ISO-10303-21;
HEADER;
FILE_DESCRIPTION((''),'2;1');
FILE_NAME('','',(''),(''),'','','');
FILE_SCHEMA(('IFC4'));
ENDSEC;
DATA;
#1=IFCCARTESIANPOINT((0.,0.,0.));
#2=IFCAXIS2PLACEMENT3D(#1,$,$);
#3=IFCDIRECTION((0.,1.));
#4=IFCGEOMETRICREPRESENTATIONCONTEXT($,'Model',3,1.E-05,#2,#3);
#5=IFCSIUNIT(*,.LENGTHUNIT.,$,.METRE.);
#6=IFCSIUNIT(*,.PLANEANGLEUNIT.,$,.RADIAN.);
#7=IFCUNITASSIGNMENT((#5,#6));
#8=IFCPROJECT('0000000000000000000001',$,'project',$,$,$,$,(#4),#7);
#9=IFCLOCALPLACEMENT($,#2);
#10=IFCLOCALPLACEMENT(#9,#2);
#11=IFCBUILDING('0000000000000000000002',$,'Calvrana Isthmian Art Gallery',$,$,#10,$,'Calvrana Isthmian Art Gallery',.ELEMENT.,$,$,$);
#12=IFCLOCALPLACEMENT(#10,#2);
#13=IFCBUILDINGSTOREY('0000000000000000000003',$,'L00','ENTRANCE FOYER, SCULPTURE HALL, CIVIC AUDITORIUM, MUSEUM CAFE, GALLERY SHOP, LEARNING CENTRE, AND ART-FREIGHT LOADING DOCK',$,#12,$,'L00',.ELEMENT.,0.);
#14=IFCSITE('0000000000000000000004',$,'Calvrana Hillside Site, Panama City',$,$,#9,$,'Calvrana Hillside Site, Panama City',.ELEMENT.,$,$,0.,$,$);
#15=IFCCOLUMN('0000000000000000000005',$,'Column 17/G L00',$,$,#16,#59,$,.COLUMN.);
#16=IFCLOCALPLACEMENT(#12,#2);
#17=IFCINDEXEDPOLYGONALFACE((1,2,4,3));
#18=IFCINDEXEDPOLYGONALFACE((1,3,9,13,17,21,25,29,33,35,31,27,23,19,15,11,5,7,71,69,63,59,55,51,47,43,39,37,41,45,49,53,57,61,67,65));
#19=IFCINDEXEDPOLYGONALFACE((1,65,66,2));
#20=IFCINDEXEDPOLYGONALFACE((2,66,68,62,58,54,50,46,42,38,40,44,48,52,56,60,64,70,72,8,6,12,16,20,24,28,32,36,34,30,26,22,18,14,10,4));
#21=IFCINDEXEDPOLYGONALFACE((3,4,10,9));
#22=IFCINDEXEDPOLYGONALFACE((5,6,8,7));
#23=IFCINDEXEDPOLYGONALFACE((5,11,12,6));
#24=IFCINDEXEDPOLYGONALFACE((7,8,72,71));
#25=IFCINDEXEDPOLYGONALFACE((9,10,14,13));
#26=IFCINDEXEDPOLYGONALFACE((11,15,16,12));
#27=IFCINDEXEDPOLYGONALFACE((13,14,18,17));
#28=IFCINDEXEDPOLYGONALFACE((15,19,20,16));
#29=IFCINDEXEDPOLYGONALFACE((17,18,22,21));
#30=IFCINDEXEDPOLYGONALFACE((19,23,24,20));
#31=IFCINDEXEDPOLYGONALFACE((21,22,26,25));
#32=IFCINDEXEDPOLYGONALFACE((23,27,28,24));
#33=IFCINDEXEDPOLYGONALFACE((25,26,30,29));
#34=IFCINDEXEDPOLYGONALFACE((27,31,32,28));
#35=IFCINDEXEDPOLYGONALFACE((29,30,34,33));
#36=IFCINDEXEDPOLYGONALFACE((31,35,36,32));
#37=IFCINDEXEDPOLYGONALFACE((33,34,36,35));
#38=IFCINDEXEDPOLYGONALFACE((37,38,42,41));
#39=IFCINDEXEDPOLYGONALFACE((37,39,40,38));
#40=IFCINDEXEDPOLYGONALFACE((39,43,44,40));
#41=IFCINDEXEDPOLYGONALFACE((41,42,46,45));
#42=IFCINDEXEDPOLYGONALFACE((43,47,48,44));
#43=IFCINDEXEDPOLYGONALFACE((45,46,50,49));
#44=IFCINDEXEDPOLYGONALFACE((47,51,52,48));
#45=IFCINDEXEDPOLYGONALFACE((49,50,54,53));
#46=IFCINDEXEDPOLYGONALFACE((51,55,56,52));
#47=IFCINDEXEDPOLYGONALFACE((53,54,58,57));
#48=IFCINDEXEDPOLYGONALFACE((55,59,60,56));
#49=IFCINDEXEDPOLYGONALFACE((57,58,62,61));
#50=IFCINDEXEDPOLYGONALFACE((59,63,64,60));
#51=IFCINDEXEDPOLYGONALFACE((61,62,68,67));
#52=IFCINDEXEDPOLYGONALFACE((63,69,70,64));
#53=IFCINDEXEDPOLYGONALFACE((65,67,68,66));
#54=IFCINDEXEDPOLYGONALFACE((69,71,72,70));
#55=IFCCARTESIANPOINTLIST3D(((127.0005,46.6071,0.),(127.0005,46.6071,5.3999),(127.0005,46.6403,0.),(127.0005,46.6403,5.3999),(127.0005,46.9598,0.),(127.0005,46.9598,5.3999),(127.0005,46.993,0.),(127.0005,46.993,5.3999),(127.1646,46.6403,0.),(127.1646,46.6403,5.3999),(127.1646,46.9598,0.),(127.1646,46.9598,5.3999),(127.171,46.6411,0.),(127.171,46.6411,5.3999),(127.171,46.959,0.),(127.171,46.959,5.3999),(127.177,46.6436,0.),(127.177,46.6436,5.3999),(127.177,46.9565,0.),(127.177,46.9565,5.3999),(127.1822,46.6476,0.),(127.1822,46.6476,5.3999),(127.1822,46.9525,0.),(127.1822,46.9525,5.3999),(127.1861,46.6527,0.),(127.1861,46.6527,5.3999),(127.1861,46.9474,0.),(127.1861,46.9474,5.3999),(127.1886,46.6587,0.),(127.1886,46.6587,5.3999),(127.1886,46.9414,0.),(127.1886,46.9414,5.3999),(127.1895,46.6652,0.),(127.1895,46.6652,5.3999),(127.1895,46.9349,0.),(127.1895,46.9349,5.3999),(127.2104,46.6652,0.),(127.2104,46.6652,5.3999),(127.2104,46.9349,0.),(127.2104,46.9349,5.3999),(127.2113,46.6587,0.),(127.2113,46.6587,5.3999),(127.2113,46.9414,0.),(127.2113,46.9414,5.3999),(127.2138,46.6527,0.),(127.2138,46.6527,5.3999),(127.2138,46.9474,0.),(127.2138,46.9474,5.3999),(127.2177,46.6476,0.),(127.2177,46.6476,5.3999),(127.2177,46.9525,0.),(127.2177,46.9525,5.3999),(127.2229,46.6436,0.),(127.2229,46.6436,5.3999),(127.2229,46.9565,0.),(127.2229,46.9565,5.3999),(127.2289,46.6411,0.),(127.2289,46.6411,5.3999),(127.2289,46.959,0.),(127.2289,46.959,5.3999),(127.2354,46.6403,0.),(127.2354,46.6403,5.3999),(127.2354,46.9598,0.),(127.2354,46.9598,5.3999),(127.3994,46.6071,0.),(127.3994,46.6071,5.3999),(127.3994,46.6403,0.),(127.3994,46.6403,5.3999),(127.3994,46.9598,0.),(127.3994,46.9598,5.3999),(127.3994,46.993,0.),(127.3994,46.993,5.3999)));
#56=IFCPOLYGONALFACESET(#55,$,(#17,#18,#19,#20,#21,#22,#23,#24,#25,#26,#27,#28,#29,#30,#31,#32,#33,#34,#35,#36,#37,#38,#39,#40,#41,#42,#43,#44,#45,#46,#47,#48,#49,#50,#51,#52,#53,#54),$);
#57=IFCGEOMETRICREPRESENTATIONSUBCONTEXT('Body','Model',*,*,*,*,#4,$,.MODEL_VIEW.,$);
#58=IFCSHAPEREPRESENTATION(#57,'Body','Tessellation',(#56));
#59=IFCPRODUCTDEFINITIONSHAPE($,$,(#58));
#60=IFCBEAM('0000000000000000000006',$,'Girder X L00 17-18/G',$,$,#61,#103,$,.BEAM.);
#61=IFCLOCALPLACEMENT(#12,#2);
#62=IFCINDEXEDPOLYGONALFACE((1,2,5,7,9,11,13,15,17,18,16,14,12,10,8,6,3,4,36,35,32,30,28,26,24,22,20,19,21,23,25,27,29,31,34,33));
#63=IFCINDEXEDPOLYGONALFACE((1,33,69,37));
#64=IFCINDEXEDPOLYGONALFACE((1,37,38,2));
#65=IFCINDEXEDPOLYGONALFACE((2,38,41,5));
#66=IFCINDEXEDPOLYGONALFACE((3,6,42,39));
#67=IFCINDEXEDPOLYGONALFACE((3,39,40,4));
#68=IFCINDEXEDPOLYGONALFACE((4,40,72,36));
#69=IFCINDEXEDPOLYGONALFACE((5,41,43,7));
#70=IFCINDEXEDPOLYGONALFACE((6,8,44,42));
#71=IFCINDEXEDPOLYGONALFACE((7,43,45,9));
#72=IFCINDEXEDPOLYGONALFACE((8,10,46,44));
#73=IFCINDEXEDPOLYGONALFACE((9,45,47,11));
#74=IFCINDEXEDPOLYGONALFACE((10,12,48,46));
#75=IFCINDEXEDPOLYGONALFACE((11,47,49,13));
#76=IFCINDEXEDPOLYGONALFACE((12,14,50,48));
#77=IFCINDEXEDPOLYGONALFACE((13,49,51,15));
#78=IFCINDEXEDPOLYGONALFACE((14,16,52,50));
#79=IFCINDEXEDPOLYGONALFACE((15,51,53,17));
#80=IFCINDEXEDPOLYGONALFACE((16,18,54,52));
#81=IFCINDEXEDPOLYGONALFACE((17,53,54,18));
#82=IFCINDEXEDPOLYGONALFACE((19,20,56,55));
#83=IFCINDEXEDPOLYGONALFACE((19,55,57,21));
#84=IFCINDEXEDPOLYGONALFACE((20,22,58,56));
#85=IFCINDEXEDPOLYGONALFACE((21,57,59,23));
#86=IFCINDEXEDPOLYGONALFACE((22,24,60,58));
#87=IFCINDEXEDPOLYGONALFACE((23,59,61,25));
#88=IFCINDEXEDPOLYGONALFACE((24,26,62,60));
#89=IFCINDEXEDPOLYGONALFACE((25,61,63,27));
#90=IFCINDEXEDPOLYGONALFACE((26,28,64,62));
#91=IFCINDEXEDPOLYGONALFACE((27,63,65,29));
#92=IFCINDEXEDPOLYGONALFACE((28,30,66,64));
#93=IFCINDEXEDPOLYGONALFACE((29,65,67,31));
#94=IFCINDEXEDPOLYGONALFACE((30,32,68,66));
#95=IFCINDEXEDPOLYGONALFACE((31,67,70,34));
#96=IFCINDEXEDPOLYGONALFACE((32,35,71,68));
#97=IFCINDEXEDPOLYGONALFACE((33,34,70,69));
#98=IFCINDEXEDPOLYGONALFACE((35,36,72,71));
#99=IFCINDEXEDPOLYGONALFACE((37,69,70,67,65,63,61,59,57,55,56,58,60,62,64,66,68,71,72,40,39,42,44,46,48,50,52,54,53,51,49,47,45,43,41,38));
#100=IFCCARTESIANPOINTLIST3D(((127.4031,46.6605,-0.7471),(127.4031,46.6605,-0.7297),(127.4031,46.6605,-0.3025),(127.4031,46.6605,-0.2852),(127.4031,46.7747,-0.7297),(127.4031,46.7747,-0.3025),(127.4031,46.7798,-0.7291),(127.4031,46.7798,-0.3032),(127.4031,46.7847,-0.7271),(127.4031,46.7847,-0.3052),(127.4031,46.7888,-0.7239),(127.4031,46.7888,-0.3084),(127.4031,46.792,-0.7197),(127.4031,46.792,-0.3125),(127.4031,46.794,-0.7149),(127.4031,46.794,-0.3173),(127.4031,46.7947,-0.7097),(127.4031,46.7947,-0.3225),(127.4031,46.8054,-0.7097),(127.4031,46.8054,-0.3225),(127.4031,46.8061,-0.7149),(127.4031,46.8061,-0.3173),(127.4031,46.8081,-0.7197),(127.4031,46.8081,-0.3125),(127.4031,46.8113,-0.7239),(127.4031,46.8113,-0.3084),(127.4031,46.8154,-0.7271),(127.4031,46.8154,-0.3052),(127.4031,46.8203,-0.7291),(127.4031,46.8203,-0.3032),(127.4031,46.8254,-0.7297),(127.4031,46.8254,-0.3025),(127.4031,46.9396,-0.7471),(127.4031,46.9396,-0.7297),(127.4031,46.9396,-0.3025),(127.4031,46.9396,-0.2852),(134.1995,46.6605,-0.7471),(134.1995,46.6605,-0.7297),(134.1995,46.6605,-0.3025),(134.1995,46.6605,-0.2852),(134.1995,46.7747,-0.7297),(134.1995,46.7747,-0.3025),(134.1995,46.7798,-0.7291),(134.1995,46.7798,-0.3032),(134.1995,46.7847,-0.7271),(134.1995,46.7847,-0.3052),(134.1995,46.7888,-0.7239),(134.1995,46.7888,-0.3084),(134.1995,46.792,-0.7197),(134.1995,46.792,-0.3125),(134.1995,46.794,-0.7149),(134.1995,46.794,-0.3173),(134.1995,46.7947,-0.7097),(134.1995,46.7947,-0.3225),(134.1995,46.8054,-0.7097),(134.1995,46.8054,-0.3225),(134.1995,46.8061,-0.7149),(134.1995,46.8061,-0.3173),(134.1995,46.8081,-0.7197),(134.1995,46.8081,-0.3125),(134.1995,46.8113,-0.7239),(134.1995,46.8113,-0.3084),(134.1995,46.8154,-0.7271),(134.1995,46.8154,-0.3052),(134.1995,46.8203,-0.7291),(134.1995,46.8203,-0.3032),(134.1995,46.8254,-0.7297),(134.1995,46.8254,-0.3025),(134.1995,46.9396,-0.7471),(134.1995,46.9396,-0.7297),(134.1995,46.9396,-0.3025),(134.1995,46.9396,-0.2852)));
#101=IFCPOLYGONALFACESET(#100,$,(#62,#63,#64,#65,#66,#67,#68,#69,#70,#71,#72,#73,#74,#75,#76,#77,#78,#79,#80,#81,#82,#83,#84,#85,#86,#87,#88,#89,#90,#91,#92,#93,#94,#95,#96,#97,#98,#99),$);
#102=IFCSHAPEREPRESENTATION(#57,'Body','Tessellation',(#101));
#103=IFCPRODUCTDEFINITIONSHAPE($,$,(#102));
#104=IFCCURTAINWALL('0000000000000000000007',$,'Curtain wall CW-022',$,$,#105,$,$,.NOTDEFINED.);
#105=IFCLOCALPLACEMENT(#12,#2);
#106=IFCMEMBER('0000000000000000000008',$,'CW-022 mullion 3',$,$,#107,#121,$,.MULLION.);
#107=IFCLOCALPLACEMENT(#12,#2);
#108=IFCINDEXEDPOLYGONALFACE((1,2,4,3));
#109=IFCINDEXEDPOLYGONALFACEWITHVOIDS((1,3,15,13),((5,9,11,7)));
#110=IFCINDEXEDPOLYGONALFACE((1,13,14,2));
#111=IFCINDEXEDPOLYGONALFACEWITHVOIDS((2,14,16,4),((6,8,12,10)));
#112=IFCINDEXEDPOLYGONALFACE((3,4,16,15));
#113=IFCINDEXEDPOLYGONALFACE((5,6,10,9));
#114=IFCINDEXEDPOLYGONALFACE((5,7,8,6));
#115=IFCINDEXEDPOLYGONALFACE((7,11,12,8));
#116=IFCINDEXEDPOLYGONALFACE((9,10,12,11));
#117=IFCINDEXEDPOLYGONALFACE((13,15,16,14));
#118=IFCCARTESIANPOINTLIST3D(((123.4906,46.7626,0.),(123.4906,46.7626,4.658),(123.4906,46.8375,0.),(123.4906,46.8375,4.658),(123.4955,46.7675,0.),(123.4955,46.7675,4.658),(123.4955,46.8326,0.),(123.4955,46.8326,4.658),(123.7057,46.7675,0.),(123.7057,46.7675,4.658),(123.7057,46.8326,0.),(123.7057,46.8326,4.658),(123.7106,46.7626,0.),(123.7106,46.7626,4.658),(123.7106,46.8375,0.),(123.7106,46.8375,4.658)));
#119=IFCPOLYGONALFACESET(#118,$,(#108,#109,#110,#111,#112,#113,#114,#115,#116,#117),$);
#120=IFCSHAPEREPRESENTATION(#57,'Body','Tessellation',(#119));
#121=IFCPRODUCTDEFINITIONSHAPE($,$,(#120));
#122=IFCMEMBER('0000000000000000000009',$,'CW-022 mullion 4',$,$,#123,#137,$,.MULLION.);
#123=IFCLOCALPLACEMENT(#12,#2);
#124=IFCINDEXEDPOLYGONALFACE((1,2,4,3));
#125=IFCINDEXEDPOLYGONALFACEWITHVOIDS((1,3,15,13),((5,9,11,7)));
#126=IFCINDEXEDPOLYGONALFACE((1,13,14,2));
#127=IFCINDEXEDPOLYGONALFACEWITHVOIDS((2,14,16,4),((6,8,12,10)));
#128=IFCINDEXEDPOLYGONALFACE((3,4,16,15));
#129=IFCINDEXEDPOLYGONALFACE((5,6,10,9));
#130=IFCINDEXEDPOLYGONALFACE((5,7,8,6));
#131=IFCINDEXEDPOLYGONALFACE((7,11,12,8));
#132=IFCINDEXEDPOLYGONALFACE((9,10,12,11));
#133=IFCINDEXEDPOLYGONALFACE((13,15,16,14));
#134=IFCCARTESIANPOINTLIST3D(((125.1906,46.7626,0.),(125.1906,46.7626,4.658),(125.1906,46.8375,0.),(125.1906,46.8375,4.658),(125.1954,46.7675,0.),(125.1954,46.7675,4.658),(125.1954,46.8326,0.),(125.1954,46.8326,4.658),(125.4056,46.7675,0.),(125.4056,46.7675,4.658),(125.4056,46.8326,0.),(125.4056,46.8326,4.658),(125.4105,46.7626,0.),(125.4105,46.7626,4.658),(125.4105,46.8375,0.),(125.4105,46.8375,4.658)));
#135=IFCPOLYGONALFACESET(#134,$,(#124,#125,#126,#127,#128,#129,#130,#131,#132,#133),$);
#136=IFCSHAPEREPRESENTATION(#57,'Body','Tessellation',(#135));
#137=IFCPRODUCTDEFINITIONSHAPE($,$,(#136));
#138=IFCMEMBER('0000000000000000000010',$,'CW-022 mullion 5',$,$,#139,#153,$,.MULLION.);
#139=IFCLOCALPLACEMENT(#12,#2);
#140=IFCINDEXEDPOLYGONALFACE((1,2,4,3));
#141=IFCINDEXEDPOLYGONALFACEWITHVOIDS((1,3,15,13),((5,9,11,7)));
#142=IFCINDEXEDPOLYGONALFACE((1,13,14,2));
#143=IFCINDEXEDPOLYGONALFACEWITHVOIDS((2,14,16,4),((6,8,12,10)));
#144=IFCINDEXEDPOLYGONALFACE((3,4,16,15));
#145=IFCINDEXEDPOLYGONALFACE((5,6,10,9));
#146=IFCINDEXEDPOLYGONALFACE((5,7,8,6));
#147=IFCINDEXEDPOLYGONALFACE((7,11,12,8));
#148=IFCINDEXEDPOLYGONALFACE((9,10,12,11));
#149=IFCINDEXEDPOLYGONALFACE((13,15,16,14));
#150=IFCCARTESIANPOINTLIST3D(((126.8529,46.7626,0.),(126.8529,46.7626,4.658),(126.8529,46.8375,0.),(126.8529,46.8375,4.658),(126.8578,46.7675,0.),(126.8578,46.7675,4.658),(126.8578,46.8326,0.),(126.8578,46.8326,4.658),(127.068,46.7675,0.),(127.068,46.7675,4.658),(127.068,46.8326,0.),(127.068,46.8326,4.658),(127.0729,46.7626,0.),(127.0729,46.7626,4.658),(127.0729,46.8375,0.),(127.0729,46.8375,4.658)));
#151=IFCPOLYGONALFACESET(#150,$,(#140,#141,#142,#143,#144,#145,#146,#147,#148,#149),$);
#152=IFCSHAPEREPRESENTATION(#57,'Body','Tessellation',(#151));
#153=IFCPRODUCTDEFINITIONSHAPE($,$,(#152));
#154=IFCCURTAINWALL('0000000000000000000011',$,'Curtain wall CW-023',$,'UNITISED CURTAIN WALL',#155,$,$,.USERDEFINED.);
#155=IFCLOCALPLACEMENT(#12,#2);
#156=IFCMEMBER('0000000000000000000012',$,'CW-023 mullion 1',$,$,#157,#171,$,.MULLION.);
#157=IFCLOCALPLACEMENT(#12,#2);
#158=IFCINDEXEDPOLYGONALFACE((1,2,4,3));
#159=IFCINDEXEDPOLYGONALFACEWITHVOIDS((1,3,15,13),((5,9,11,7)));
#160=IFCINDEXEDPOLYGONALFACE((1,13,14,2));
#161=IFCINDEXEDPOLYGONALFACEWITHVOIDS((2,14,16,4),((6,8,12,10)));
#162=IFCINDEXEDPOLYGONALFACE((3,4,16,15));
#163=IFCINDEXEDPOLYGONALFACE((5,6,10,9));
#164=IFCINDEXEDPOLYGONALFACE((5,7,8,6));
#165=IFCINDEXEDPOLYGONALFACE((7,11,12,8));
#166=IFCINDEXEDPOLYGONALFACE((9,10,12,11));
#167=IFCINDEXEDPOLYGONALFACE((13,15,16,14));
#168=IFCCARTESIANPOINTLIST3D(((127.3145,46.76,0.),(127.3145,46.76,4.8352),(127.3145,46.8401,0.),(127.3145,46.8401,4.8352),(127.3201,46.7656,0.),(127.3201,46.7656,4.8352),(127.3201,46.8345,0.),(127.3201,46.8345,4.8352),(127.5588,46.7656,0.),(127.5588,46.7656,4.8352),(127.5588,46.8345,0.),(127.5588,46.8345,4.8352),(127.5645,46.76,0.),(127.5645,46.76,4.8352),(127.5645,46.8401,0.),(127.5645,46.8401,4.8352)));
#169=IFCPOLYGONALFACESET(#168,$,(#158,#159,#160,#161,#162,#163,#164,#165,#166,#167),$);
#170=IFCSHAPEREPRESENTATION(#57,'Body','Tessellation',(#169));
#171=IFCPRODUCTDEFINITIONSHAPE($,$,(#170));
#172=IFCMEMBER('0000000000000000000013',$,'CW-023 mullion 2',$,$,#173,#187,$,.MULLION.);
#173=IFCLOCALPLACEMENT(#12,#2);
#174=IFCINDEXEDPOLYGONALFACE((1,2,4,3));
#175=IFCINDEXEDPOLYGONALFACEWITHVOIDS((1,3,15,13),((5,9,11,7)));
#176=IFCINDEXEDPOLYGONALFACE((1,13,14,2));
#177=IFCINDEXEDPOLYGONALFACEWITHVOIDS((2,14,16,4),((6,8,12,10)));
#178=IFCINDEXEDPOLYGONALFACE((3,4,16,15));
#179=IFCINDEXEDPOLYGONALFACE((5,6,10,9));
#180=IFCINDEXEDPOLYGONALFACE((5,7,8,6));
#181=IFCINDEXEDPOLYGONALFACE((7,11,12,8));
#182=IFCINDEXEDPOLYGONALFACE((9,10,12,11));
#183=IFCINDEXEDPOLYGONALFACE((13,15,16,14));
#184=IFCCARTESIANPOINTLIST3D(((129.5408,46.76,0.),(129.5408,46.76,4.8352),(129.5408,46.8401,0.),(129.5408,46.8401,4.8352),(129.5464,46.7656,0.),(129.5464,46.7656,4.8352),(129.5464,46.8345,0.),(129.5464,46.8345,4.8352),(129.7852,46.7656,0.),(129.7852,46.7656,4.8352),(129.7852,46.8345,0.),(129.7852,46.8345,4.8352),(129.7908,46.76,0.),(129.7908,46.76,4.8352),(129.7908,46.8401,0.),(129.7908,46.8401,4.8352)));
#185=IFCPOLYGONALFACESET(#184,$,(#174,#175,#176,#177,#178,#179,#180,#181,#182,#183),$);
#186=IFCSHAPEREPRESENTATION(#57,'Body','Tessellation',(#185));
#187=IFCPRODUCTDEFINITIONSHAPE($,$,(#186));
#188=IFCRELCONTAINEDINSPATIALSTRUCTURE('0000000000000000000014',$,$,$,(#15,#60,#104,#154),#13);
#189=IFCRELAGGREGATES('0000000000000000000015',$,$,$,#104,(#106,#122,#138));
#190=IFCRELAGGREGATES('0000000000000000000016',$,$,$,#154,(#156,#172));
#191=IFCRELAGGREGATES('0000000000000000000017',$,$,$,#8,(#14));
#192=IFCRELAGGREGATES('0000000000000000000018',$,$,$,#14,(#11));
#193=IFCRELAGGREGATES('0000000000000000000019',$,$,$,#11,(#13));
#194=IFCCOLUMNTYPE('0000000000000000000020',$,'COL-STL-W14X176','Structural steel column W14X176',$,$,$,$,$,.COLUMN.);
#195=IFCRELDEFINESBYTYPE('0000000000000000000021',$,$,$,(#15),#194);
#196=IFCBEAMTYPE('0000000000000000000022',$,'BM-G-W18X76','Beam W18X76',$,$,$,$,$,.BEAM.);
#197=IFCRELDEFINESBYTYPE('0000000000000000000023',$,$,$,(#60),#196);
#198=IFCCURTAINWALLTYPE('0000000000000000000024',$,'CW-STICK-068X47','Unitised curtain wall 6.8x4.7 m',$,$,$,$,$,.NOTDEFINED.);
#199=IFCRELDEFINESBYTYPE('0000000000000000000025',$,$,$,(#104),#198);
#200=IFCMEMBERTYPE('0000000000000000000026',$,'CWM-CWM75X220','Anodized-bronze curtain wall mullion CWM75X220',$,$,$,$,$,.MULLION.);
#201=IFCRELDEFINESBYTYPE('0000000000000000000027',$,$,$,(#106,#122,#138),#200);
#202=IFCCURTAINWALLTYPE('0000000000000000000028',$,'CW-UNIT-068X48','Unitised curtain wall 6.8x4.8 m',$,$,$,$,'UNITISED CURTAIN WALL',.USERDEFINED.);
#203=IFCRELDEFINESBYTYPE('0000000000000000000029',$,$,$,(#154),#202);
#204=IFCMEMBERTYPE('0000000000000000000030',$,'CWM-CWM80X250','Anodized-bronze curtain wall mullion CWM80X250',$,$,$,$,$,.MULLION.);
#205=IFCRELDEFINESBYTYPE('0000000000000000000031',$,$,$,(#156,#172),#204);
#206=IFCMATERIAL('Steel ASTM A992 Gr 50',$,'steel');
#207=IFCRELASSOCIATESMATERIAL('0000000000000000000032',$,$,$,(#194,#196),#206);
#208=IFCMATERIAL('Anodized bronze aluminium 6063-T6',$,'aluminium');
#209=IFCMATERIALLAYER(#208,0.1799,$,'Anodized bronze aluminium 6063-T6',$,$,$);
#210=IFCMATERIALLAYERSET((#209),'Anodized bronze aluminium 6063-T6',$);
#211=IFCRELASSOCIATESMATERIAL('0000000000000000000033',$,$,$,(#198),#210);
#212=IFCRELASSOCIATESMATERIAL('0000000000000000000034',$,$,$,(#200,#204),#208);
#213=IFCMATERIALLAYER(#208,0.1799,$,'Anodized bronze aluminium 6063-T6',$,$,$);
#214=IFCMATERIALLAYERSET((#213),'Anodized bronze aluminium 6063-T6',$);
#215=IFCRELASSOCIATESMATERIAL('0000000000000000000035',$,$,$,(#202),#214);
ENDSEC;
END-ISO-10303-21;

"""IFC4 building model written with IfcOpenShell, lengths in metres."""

from ifc_helpers import new_model, si_unit, direction, frame, origin, origin_2d, place, context, subcontext, project, spatial, hollow_rectangle, i_section, extrude, material, layer, layer_set, material_profile, profile_set, type_object, element, aggregate, save


model = new_model("IFC4")

# Units and contexts
model_context = context("Model", 3, precision=1e-05, world=origin(), true_north=direction((0.0, 1.0)))
body_context = subcontext(model_context, "Body", "Model", "MODEL_VIEW")
ifc_project = project(units=[si_unit("LENGTHUNIT", "METRE"), si_unit("PLANEANGLEUNIT", "RADIAN")], contexts=[model_context])

# Site, building, storey
site_placement = place(None, origin())
site = spatial("IfcSite", under=ifc_project, at=site_placement, Name="Calvrana Hillside Site, Panama City", LongName="Calvrana Hillside Site, Panama City", CompositionType="ELEMENT", RefElevation=0.0)
building_placement = place(site_placement, origin())
building = spatial("IfcBuilding", under=site, at=building_placement, Name="Calvrana Isthmian Art Gallery", LongName="Calvrana Isthmian Art Gallery", CompositionType="ELEMENT")
storey_placement = place(building_placement, origin())
storey = spatial("IfcBuildingStorey", under=building, at=storey_placement, Name="L00", Description="ENTRANCE FOYER, SCULPTURE HALL, CIVIC AUDITORIUM, MUSEUM CAFE, GALLERY SHOP, LEARNING CENTRE, AND ART-FREIGHT LOADING DOCK", LongName="L00", CompositionType="ELEMENT", Elevation=0.0)

# Column
ifc_material_1 = material(Name="Steel ASTM A992 Gr 50", Category="steel")
ifc_material_profile_1 = material_profile(ifc_material_1, i_section(OverallWidth=0.3989, OverallDepth=0.386, WebThickness=0.021, FlangeThickness=0.0332, FilletRadius=0.0249, at=origin_2d()), Name="W14X176")
ifc_profile_set_1 = profile_set([ifc_material_profile_1], Name="Steel ASTM A992 Gr 50")
column_type = type_object("IfcColumnType", Name="COL-STL-W14X176", Description="Structural steel column W14X176", PredefinedType="COLUMN", material=ifc_profile_set_1)
column_placement = place(storey_placement, frame((127.2, 46.8, 0.0), z_axis=(0.0, 0.0, 1.0), x_axis=(1.0, 0.0, 0.0)))
element("IfcColumn", 1, at=column_placement, inside=storey, type_object=column_type, Name="Column 17/G L00", PredefinedType="COLUMN", context=body_context, shape_type="SweptSolid", body=[
    extrude(i_section(OverallWidth=0.3989, OverallDepth=0.386, WebThickness=0.021, FlangeThickness=0.0332, FilletRadius=0.0249, at=origin_2d()), origin(), (0.0, 0.0, 1.0), 5.3999),
])

# Beam
ifc_material_profile_2 = material_profile(ifc_material_1, i_section(OverallWidth=0.2791, OverallDepth=0.4619, WebThickness=0.0107, FlangeThickness=0.0173, FilletRadius=0.02, at=origin_2d()), Name="W18X76")
ifc_profile_set_2 = profile_set([ifc_material_profile_2], Name="Steel ASTM A992 Gr 50")
beam_type = type_object("IfcBeamType", Name="BM-G-W18X76", Description="Beam W18X76", PredefinedType="BEAM", material=ifc_profile_set_2)
beam_placement = place(storey_placement, frame((127.4031, 46.8, -0.5161), z_axis=(1.0, 0.0, 0.0), x_axis=(0.0, 1.0, 0.0)))
element("IfcBeam", 2, at=beam_placement, inside=storey, type_object=beam_type, Name="Girder X L00 17-18/G", PredefinedType="BEAM", context=body_context, shape_type="SweptSolid", body=[
    extrude(i_section(OverallWidth=0.2791, OverallDepth=0.4619, WebThickness=0.0107, FlangeThickness=0.0173, FilletRadius=0.02, at=origin_2d()), origin(), (0.0, 0.0, 1.0), 6.7964),
])

# Curtain walls, members
ifc_material_2 = material(Name="Anodized bronze aluminium 6063-T6", Category="aluminium")
ifc_layer_1 = layer(ifc_material_2, 0.1799, Name="Anodized bronze aluminium 6063-T6")
ifc_layer_set_1 = layer_set([ifc_layer_1], Name="Anodized bronze aluminium 6063-T6")
curtain_wall_type_1 = type_object("IfcCurtainWallType", Name="CW-STICK-068X47", Description="Unitised curtain wall 6.8x4.7 m", PredefinedType="NOTDEFINED", material=ifc_layer_set_1)
curtain_wall_1_placement = place(storey_placement, origin())
curtain_wall_1 = element("IfcCurtainWall", 3, at=curtain_wall_1_placement, inside=storey, type_object=curtain_wall_type_1, Name="Curtain wall CW-022", PredefinedType="NOTDEFINED")
ifc_material_profile_3 = material_profile(ifc_material_2, hollow_rectangle(XDim=0.075, YDim=0.22, WallThickness=0.0049, at=origin_2d()), Name="CWM75X220")
ifc_profile_set_3 = profile_set([ifc_material_profile_3], Name="Anodized bronze aluminium 6063-T6")
member_type_1 = type_object("IfcMemberType", Name="CWM-CWM75X220", Description="Anodized-bronze curtain wall mullion CWM75X220", PredefinedType="MULLION", material=ifc_profile_set_3)
member_1_placement = place(storey_placement, frame((123.6006, 46.8, 0.0), z_axis=(0.0, 0.0, 1.0), x_axis=(0.0, 1.0, 0.0)))
member_1 = element("IfcMember", 4, at=member_1_placement, type_object=member_type_1, Name="CW-022 mullion 3", PredefinedType="MULLION", context=body_context, shape_type="SweptSolid", body=[
    extrude(hollow_rectangle(XDim=0.075, YDim=0.22, WallThickness=0.0049, at=origin_2d()), origin(), (0.0, 0.0, 1.0), 4.658),
])
member_2_placement = place(storey_placement, frame((125.3005, 46.8, 0.0), z_axis=(0.0, 0.0, 1.0), x_axis=(0.0, 1.0, 0.0)))
member_2 = element("IfcMember", 5, at=member_2_placement, type_object=member_type_1, Name="CW-022 mullion 4", PredefinedType="MULLION", context=body_context, shape_type="SweptSolid", body=[
    extrude(hollow_rectangle(XDim=0.075, YDim=0.22, WallThickness=0.0049, at=origin_2d()), origin(), (0.0, 0.0, 1.0), 4.658),
])
member_3_placement = place(storey_placement, frame((126.9629, 46.8, 0.0), z_axis=(0.0, 0.0, 1.0), x_axis=(0.0, 1.0, 0.0)))
member_3 = element("IfcMember", 6, at=member_3_placement, type_object=member_type_1, Name="CW-022 mullion 5", PredefinedType="MULLION", context=body_context, shape_type="SweptSolid", body=[
    extrude(hollow_rectangle(XDim=0.075, YDim=0.22, WallThickness=0.0049, at=origin_2d()), origin(), (0.0, 0.0, 1.0), 4.658),
])
ifc_layer_2 = layer(ifc_material_2, 0.1799, Name="Anodized bronze aluminium 6063-T6")
ifc_layer_set_2 = layer_set([ifc_layer_2], Name="Anodized bronze aluminium 6063-T6")
curtain_wall_type_2 = type_object("IfcCurtainWallType", Name="CW-UNIT-068X48", Description="Unitised curtain wall 6.8x4.8 m", ElementType="UNITISED CURTAIN WALL", PredefinedType="USERDEFINED", material=ifc_layer_set_2)
curtain_wall_2_placement = place(storey_placement, origin())
curtain_wall_2 = element("IfcCurtainWall", 7, at=curtain_wall_2_placement, inside=storey, type_object=curtain_wall_type_2, Name="Curtain wall CW-023", ObjectType="UNITISED CURTAIN WALL", PredefinedType="USERDEFINED")
ifc_material_profile_4 = material_profile(ifc_material_2, hollow_rectangle(XDim=0.0801, YDim=0.25, WallThickness=0.0056, at=origin_2d()), Name="CWM80X250")
ifc_profile_set_4 = profile_set([ifc_material_profile_4], Name="Anodized bronze aluminium 6063-T6")
member_type_2 = type_object("IfcMemberType", Name="CWM-CWM80X250", Description="Anodized-bronze curtain wall mullion CWM80X250", PredefinedType="MULLION", material=ifc_profile_set_4)
member_4_placement = place(storey_placement, frame((127.4395, 46.8, 0.0), z_axis=(0.0, 0.0, 1.0), x_axis=(0.0, 1.0, 0.0)))
member_4 = element("IfcMember", 8, at=member_4_placement, type_object=member_type_2, Name="CW-023 mullion 1", PredefinedType="MULLION", context=body_context, shape_type="SweptSolid", body=[
    extrude(hollow_rectangle(XDim=0.0801, YDim=0.25, WallThickness=0.0056, at=origin_2d()), origin(), (0.0, 0.0, 1.0), 4.8352),
])
member_5_placement = place(storey_placement, frame((129.6658, 46.8, 0.0), z_axis=(0.0, 0.0, 1.0), x_axis=(0.0, 1.0, 0.0)))
member_5 = element("IfcMember", 9, at=member_5_placement, type_object=member_type_2, Name="CW-023 mullion 2", PredefinedType="MULLION", context=body_context, shape_type="SweptSolid", body=[
    extrude(hollow_rectangle(XDim=0.0801, YDim=0.25, WallThickness=0.0056, at=origin_2d()), origin(), (0.0, 0.0, 1.0), 4.8352),
])

aggregate(curtain_wall_1, [member_1, member_2, member_3])
aggregate(curtain_wall_2, [member_4, member_5])

save(model, "model.ifc")
